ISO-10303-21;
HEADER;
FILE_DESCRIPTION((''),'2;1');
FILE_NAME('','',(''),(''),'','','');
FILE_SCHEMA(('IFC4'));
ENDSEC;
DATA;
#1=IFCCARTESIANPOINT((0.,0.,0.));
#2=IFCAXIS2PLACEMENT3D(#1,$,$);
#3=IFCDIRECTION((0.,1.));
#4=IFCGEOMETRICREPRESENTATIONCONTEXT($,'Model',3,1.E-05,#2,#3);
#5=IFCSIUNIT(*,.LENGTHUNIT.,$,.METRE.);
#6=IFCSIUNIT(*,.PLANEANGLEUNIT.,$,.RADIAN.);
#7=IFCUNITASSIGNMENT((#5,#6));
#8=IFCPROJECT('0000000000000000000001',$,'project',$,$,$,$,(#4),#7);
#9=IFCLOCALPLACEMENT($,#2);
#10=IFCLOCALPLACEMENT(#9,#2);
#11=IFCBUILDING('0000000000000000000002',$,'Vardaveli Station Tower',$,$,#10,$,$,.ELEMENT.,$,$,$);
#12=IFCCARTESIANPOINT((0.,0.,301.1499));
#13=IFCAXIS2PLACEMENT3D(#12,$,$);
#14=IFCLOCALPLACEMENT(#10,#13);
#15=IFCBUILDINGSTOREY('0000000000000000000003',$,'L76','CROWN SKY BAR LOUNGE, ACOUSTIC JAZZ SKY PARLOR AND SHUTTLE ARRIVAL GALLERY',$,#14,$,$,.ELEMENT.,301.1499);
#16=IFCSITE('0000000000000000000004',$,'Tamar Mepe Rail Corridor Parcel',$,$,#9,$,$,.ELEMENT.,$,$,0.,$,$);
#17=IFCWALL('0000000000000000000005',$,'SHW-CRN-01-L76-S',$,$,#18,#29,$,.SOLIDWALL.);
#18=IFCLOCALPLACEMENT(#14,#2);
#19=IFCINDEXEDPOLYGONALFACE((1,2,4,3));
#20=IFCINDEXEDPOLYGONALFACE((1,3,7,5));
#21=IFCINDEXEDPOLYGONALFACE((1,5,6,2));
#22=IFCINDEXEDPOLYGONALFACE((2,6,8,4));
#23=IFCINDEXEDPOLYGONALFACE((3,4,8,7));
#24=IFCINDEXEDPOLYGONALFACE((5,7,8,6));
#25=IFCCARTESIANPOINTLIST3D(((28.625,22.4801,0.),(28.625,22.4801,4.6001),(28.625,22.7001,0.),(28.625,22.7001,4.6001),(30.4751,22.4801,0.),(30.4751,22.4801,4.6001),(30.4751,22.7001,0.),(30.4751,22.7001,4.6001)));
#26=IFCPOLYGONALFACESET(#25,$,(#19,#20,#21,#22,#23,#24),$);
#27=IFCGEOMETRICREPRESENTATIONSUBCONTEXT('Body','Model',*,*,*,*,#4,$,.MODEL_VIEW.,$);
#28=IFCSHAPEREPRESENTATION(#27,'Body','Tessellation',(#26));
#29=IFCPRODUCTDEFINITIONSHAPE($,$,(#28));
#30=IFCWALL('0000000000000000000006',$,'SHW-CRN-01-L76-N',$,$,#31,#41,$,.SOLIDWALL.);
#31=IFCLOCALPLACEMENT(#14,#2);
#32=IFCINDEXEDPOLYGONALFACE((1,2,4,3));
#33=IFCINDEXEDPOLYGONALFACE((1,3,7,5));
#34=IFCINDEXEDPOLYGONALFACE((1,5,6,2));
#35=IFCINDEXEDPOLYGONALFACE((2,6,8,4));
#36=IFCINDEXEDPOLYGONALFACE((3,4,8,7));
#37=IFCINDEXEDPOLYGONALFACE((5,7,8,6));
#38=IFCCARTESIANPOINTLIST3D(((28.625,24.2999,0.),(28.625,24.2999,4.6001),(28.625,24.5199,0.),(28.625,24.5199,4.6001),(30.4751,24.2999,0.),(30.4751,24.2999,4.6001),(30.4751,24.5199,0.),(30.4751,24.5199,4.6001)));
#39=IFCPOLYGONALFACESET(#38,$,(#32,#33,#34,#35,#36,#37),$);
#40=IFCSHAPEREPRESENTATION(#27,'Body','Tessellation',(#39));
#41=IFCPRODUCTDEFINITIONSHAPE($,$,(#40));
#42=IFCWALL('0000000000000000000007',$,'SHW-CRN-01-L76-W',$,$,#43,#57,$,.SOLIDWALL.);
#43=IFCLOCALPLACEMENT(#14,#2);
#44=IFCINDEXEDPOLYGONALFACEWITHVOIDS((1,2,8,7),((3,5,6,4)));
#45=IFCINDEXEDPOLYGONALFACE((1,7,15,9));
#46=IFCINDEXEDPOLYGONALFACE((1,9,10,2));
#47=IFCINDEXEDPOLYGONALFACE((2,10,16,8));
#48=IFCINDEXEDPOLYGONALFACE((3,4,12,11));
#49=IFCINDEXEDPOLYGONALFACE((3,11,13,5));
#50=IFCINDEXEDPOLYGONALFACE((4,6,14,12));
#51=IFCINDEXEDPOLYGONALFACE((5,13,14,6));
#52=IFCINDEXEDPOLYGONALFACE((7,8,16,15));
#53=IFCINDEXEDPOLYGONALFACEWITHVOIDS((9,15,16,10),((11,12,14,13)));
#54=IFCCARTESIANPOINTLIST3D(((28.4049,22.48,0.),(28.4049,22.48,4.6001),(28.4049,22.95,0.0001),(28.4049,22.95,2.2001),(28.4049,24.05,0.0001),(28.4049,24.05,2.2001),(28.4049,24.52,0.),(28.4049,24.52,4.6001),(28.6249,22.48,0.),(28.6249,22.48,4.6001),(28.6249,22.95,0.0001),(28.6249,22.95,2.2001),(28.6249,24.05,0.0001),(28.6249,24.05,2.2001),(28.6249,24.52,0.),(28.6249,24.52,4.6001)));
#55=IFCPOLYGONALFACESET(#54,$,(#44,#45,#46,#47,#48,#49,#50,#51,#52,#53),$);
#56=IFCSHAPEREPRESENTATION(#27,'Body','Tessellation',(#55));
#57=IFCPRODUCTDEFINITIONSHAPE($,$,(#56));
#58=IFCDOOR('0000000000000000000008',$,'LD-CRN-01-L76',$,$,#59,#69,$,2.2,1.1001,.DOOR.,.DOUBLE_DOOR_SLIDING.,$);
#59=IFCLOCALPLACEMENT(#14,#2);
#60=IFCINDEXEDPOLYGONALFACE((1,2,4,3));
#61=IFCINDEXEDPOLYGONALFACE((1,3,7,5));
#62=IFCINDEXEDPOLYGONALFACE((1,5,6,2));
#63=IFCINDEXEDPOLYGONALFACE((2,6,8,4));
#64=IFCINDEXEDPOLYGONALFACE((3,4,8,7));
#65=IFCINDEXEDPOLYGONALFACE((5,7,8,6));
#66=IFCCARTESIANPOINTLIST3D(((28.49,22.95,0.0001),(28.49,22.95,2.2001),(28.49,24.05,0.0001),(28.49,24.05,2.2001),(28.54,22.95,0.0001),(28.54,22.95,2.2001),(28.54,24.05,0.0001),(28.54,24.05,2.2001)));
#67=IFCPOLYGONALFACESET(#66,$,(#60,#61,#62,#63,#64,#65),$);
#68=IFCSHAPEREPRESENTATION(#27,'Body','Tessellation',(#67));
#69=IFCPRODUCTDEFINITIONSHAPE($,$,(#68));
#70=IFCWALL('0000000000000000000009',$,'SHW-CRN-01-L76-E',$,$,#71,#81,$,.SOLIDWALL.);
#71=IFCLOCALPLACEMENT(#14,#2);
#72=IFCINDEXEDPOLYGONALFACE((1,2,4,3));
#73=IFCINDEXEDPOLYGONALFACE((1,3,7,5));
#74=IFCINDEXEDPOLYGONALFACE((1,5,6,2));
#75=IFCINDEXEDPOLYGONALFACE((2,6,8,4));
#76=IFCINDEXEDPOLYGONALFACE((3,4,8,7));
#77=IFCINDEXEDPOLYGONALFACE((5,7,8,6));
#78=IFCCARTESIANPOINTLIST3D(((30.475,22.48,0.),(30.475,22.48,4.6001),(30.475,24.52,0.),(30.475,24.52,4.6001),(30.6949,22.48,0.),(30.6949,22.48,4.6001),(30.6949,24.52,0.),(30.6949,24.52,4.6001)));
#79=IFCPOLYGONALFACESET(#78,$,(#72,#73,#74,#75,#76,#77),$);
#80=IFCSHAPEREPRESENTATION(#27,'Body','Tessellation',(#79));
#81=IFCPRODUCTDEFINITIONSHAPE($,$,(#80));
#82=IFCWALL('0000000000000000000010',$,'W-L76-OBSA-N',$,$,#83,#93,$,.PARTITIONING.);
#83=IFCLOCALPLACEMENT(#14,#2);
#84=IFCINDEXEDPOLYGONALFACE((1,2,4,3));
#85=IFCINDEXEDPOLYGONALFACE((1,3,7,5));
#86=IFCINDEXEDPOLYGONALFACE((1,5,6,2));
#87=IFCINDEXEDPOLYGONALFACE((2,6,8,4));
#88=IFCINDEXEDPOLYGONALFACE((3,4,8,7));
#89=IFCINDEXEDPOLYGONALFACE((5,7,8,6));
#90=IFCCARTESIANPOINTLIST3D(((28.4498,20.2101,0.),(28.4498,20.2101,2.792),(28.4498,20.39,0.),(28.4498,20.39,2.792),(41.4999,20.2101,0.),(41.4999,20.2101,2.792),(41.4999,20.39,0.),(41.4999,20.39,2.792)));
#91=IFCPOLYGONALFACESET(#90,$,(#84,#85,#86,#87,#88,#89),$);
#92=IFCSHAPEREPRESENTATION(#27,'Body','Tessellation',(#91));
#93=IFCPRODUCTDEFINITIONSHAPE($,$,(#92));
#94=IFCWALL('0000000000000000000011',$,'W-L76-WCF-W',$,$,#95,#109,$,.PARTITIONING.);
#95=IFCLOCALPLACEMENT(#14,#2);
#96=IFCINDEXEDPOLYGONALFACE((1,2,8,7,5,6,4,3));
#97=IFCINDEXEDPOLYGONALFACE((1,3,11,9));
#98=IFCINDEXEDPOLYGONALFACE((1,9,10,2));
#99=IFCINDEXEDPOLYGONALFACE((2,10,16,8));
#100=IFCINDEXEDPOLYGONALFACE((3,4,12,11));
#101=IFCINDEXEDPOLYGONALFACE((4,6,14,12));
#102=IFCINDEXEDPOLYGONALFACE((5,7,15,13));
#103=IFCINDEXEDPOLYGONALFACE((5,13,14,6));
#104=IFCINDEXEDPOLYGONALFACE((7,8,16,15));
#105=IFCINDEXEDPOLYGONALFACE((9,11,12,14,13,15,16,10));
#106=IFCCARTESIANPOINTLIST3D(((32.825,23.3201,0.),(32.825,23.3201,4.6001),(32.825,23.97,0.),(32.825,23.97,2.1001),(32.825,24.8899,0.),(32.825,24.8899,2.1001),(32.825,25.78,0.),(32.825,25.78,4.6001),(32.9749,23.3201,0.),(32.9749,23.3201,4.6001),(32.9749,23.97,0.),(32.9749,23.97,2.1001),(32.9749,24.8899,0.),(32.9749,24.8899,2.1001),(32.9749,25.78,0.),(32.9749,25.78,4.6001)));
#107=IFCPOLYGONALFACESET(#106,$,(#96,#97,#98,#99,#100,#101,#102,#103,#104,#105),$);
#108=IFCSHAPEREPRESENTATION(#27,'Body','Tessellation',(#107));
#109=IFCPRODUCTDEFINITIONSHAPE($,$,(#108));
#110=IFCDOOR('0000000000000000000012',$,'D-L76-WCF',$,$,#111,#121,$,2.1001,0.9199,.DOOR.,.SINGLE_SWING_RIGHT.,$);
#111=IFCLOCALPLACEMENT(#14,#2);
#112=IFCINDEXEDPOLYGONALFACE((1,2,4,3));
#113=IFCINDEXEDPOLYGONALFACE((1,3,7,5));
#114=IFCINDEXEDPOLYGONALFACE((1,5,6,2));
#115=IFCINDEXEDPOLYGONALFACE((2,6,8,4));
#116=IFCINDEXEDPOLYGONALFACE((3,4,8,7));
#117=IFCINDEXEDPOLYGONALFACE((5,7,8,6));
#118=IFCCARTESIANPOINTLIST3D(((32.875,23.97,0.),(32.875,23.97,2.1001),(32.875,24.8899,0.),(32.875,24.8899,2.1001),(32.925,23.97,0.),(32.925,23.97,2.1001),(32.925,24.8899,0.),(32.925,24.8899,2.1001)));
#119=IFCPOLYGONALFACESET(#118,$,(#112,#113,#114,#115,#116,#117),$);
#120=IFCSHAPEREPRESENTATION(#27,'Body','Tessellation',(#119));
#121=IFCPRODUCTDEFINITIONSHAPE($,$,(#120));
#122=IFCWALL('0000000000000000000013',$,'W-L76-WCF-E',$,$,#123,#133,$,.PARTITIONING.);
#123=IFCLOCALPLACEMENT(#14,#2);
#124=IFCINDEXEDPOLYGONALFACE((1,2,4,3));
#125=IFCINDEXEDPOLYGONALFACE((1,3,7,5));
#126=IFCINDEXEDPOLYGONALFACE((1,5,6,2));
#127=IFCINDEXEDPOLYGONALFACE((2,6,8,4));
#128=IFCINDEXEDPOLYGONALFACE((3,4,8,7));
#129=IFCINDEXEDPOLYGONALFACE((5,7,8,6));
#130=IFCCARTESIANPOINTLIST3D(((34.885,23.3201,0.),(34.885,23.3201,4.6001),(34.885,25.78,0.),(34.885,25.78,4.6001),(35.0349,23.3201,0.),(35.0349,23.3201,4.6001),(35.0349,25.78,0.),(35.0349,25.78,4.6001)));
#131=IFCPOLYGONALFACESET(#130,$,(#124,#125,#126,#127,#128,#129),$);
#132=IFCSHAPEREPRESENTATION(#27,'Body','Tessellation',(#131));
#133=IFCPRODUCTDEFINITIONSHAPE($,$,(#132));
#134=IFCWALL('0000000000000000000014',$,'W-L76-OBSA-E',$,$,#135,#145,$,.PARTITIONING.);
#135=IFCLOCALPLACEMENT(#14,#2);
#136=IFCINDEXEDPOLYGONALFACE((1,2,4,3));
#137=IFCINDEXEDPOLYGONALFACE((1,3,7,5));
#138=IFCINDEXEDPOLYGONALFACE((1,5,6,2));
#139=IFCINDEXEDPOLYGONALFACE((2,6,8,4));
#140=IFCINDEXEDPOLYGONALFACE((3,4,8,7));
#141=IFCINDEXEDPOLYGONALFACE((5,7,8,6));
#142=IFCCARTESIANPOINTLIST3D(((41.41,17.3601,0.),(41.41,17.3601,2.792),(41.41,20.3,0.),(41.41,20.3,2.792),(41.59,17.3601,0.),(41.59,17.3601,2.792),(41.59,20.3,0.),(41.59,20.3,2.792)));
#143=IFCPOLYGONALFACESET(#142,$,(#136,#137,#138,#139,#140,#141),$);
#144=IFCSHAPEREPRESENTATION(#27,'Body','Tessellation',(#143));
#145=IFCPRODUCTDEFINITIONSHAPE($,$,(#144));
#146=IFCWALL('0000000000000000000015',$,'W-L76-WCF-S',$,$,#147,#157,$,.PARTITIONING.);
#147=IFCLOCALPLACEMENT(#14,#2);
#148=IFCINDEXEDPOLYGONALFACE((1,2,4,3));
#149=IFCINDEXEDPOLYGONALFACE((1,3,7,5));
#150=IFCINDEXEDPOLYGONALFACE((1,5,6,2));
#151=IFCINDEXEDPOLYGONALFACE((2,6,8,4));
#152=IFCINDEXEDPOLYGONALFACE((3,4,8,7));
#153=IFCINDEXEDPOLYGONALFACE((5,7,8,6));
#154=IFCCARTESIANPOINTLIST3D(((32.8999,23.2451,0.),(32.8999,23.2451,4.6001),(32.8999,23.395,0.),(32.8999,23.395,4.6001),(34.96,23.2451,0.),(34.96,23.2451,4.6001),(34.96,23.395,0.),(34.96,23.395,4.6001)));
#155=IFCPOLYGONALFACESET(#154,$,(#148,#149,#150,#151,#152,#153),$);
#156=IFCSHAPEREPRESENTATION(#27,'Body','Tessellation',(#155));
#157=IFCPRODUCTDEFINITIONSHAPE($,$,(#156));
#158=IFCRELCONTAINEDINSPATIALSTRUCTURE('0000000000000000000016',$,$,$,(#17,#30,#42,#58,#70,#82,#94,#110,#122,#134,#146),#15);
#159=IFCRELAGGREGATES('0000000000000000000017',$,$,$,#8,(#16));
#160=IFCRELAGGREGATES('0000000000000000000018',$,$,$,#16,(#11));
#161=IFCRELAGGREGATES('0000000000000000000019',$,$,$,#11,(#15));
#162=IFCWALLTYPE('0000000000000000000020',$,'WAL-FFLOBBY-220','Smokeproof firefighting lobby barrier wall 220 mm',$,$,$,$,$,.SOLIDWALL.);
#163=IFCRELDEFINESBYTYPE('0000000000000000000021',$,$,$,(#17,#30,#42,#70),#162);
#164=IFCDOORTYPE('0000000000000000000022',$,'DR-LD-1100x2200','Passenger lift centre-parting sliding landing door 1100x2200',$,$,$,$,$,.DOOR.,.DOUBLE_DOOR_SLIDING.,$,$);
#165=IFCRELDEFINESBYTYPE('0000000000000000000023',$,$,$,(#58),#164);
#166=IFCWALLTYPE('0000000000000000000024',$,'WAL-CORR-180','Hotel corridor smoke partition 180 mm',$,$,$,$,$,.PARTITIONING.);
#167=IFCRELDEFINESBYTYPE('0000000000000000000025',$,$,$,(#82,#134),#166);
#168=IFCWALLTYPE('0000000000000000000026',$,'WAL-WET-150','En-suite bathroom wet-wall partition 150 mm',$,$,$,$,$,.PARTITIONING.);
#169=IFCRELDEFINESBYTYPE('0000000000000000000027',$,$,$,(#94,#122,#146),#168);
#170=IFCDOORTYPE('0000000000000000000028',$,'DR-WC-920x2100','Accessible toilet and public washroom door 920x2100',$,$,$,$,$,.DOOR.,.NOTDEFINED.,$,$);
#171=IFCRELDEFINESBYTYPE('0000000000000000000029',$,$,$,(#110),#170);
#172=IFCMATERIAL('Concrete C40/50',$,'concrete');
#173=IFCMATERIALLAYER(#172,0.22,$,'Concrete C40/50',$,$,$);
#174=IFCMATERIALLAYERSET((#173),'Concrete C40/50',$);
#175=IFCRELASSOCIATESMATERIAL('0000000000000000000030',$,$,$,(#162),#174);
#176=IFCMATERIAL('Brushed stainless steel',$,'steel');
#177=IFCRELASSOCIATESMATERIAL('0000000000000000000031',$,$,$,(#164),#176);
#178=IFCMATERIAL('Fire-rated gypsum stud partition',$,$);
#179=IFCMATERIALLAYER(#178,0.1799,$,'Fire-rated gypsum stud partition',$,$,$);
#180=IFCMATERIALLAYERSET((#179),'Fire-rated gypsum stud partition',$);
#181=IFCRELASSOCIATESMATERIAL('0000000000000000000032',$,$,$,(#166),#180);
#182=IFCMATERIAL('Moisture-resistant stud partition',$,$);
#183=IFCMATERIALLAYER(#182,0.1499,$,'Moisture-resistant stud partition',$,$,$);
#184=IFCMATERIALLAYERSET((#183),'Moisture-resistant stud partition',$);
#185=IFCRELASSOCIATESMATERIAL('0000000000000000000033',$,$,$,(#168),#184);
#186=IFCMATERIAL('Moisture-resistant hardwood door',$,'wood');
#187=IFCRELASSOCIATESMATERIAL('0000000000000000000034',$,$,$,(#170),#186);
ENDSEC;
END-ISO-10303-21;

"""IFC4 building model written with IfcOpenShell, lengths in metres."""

from ifc_helpers import new_model, si_unit, direction, frame, frame_2d, origin, place, context, subcontext, project, spatial, rectangle, extrude, source, transform, mapped, material, layer, layer_set, type_object, element, fill, save


model = new_model("IFC4")

# Units and contexts
model_context = context("Model", 3, precision=1e-05, world=origin(), true_north=direction((0.0, 1.0)))
body_context = subcontext(model_context, "Body", "Model", "MODEL_VIEW")
ifc_project = project(units=[si_unit("LENGTHUNIT", "METRE"), si_unit("PLANEANGLEUNIT", "RADIAN")], contexts=[model_context])

# Site, building, storey
site_placement = place(None, origin())
site = spatial("IfcSite", under=ifc_project, at=site_placement, Name="Tamar Mepe Rail Corridor Parcel", CompositionType="ELEMENT", RefElevation=0.0)
building_placement = place(site_placement, origin())
building = spatial("IfcBuilding", under=site, at=building_placement, Name="Vardaveli Station Tower", CompositionType="ELEMENT")
storey_placement = place(building_placement, frame((0.0, 0.0, 301.1499)))
storey = spatial("IfcBuildingStorey", under=building, at=storey_placement, Name="L76", Description="CROWN SKY BAR LOUNGE, ACOUSTIC JAZZ SKY PARLOR AND SHUTTLE ARRIVAL GALLERY", CompositionType="ELEMENT", Elevation=301.1499)

# Walls
ifc_material_1 = material(Name="Concrete C40/50", Category="concrete")
ifc_layer_1 = layer(ifc_material_1, 0.22, Name="Concrete C40/50")
ifc_layer_set_1 = layer_set([ifc_layer_1], Name="Concrete C40/50")
wall_type_1 = type_object("IfcWallType", Name="WAL-FFLOBBY-220", Description="Smokeproof firefighting lobby barrier wall 220 mm", PredefinedType="SOLIDWALL", material=ifc_layer_set_1)
shared_shape_1 = source(origin(), body_context, "Body", "SweptSolid", [
    extrude(rectangle(XDim=1.8501, YDim=0.22, at=frame_2d((0.925, 0.0))), origin(), (0.0, 0.0, 1.0), 4.6001),
])
for number, where, z_axis, x_axis, name in (
    (1, (28.625, 22.5901, 0.0), (0.0, 0.0, 1.0), (1.0, 0.0, 0.0), "SHW-CRN-01-L76-S"),
    (2, (28.625, 24.4099, 0.0), (0.0, 0.0, 1.0), (1.0, 0.0, 0.0), "SHW-CRN-01-L76-N"),
):
    element("IfcWall", number, at=place(storey_placement, frame(where, z_axis=z_axis, x_axis=x_axis)), inside=storey, type_object=wall_type_1, Name=name, PredefinedType="SOLIDWALL", context=body_context, shape_type="MappedRepresentation", body=[
        mapped(shared_shape_1, transform((0.0, 0.0, 0.0), scale=1.0)),
    ])

# Wall, opening, door
shared_shape_2 = source(origin(), body_context, "Body", "SweptSolid", [
    extrude(rectangle(XDim=2.04, YDim=0.22, at=frame_2d((1.02, 0.0))), origin(), (0.0, 0.0, 1.0), 4.6001),
])
wall_1_placement = place(storey_placement, frame((28.5149, 22.48, 0.0), z_axis=(0.0, 0.0, 1.0), x_axis=(0.0, 1.0, 0.0)))
wall_1 = element("IfcWall", 3, at=wall_1_placement, inside=storey, type_object=wall_type_1, Name="SHW-CRN-01-L76-W", PredefinedType="SOLIDWALL", context=body_context, shape_type="MappedRepresentation", body=[
    mapped(shared_shape_2, transform((0.0, 0.0, 0.0), scale=1.0)),
])
shared_shape_3 = source(origin(), body_context, "Body", "SweptSolid", [
    extrude(rectangle(XDim=1.1001, YDim=2.2, at=frame_2d((0.55, 1.1001))), frame((0.0, 0.1201, 0.0), z_axis=(0.0, -1.0, 0.0), x_axis=(1.0, 0.0, 0.0)), (0.0, 0.0, 1.0), 0.24),
])
opening_1_placement = place(wall_1_placement, frame((0.47, 0.0, 0.0)))
opening_1 = element("IfcOpeningElement", 4, at=opening_1_placement, cuts=wall_1, PredefinedType="OPENING", context=body_context, shape_type="MappedRepresentation", body=[
    mapped(shared_shape_3, transform((0.0, 0.0, 0.0), scale=1.0)),
])
ifc_material_2 = material(Name="Brushed stainless steel", Category="steel")
door_type_1 = type_object("IfcDoorType", Name="DR-LD-1100x2200", Description="Passenger lift centre-parting sliding landing door 1100x2200", OperationType="DOUBLE_DOOR_SLIDING", PredefinedType="DOOR", material=ifc_material_2)
shared_shape_4 = source(origin(), body_context, "Body", "SweptSolid", [
    extrude(rectangle(XDim=1.1001, YDim=2.2, at=frame_2d((0.55, 1.1001))), frame((0.0, 0.0249, 0.0), z_axis=(0.0, -1.0, 0.0), x_axis=(1.0, 0.0, 0.0)), (0.0, 0.0, 1.0), 0.05),
])
door_1_placement = place(opening_1_placement, origin())
door_1 = element("IfcDoor", 5, at=door_1_placement, inside=storey, type_object=door_type_1, Name="LD-CRN-01-L76", OperationType="DOUBLE_DOOR_SLIDING", OverallHeight=2.2, OverallWidth=1.1001, PredefinedType="DOOR", context=body_context, shape_type="MappedRepresentation", body=[
    mapped(shared_shape_4, transform((0.0, 0.0, 0.0), scale=1.0)),
])
fill(opening_1, door_1)

# Walls
wall_2_placement = place(storey_placement, frame((30.585, 22.48, 0.0), z_axis=(0.0, 0.0, 1.0), x_axis=(0.0, 1.0, 0.0)))
element("IfcWall", 6, at=wall_2_placement, inside=storey, type_object=wall_type_1, Name="SHW-CRN-01-L76-E", PredefinedType="SOLIDWALL", context=body_context, shape_type="MappedRepresentation", body=[
    mapped(shared_shape_2, transform((0.0, 0.0, 0.0), scale=1.0)),
])
ifc_material_3 = material(Name="Fire-rated gypsum stud partition")
ifc_layer_2 = layer(ifc_material_3, 0.1799, Name="Fire-rated gypsum stud partition")
ifc_layer_set_2 = layer_set([ifc_layer_2], Name="Fire-rated gypsum stud partition")
wall_type_2 = type_object("IfcWallType", Name="WAL-CORR-180", Description="Hotel corridor smoke partition 180 mm", PredefinedType="PARTITIONING", material=ifc_layer_set_2)
shared_shape_5 = source(origin(), body_context, "Body", "SweptSolid", [
    extrude(rectangle(XDim=13.05, YDim=0.1799, at=frame_2d((6.5249, 0.0))), origin(), (0.0, 0.0, 1.0), 2.792),
])
wall_3_placement = place(storey_placement, frame((28.45, 20.3, 0.0), z_axis=(0.0, 0.0, 1.0), x_axis=(1.0, 0.0, 0.0)))
element("IfcWall", 7, at=wall_3_placement, inside=storey, type_object=wall_type_2, Name="W-L76-OBSA-N", PredefinedType="PARTITIONING", context=body_context, shape_type="MappedRepresentation", body=[
    mapped(shared_shape_5, transform((0.0, 0.0, 0.0), scale=1.0)),
])

# Wall, opening, door
ifc_material_4 = material(Name="Moisture-resistant stud partition")
ifc_layer_3 = layer(ifc_material_4, 0.1499, Name="Moisture-resistant stud partition")
ifc_layer_set_3 = layer_set([ifc_layer_3], Name="Moisture-resistant stud partition")
wall_type_3 = type_object("IfcWallType", Name="WAL-WET-150", Description="En-suite bathroom wet-wall partition 150 mm", PredefinedType="PARTITIONING", material=ifc_layer_set_3)
shared_shape_6 = source(origin(), body_context, "Body", "SweptSolid", [
    extrude(rectangle(XDim=2.46, YDim=0.1499, at=frame_2d((1.23, 0.0))), origin(), (0.0, 0.0, 1.0), 4.6001),
])
wall_4_placement = place(storey_placement, frame((32.8999, 23.3201, 0.0), z_axis=(0.0, 0.0, 1.0), x_axis=(0.0, 1.0, 0.0)))
wall_4 = element("IfcWall", 8, at=wall_4_placement, inside=storey, type_object=wall_type_3, Name="W-L76-WCF-W", PredefinedType="PARTITIONING", context=body_context, shape_type="MappedRepresentation", body=[
    mapped(shared_shape_6, transform((0.0, 0.0, 0.0), scale=1.0)),
])
shared_shape_7 = source(origin(), body_context, "Body", "SweptSolid", [
    extrude(rectangle(XDim=0.9199, YDim=2.1001, at=frame_2d((0.46, 1.05))), frame((0.0, 0.085, 0.0), z_axis=(0.0, -1.0, 0.0), x_axis=(1.0, 0.0, 0.0)), (0.0, 0.0, 1.0), 0.1699),
])
opening_2_placement = place(wall_4_placement, frame((0.6499, 0.0, 0.0)))
opening_2 = element("IfcOpeningElement", 9, at=opening_2_placement, cuts=wall_4, PredefinedType="OPENING", context=body_context, shape_type="MappedRepresentation", body=[
    mapped(shared_shape_7, transform((0.0, 0.0, 0.0), scale=1.0)),
])
ifc_material_5 = material(Name="Moisture-resistant hardwood door", Category="wood")
door_type_2 = type_object("IfcDoorType", Name="DR-WC-920x2100", Description="Accessible toilet and public washroom door 920x2100", OperationType="NOTDEFINED", PredefinedType="DOOR", material=ifc_material_5)
shared_shape_8 = source(origin(), body_context, "Body", "SweptSolid", [
    extrude(rectangle(XDim=0.9199, YDim=2.1001, at=frame_2d((0.46, 1.05))), frame((0.0, 0.0249, 0.0), z_axis=(0.0, -1.0, 0.0), x_axis=(1.0, 0.0, 0.0)), (0.0, 0.0, 1.0), 0.05),
])
door_2_placement = place(opening_2_placement, origin())
door_2 = element("IfcDoor", 10, at=door_2_placement, inside=storey, type_object=door_type_2, Name="D-L76-WCF", OperationType="SINGLE_SWING_RIGHT", OverallHeight=2.1001, OverallWidth=0.9199, PredefinedType="DOOR", context=body_context, shape_type="MappedRepresentation", body=[
    mapped(shared_shape_8, transform((0.0, 0.0, 0.0), scale=1.0)),
])
fill(opening_2, door_2)

# Walls
wall_5_placement = place(storey_placement, frame((34.96, 23.3201, 0.0), z_axis=(0.0, 0.0, 1.0), x_axis=(0.0, 1.0, 0.0)))
element("IfcWall", 11, at=wall_5_placement, inside=storey, type_object=wall_type_3, Name="W-L76-WCF-E", PredefinedType="PARTITIONING", context=body_context, shape_type="MappedRepresentation", body=[
    mapped(shared_shape_6, transform((0.0, 0.0, 0.0), scale=1.0)),
])
shared_shape_9 = source(origin(), body_context, "Body", "SweptSolid", [
    extrude(rectangle(XDim=2.9399, YDim=0.1799, at=frame_2d((1.47, 0.0))), origin(), (0.0, 0.0, 1.0), 2.792),
])
wall_6_placement = place(storey_placement, frame((41.5, 17.3601, 0.0), z_axis=(0.0, 0.0, 1.0), x_axis=(0.0, 1.0, 0.0)))
element("IfcWall", 12, at=wall_6_placement, inside=storey, type_object=wall_type_2, Name="W-L76-OBSA-E", PredefinedType="PARTITIONING", context=body_context, shape_type="MappedRepresentation", body=[
    mapped(shared_shape_9, transform((0.0, 0.0, 0.0), scale=1.0)),
])
shared_shape_10 = source(origin(), body_context, "Body", "SweptSolid", [
    extrude(rectangle(XDim=2.0601, YDim=0.1499, at=frame_2d((1.03, 0.0))), origin(), (0.0, 0.0, 1.0), 4.6001),
])
wall_7_placement = place(storey_placement, frame((32.8999, 23.3201, 0.0), z_axis=(0.0, 0.0, 1.0), x_axis=(1.0, 0.0, 0.0)))
element("IfcWall", 13, at=wall_7_placement, inside=storey, type_object=wall_type_3, Name="W-L76-WCF-S", PredefinedType="PARTITIONING", context=body_context, shape_type="MappedRepresentation", body=[
    mapped(shared_shape_10, transform((0.0, 0.0, 0.0), scale=1.0)),
])

save(model, "model.ifc")
